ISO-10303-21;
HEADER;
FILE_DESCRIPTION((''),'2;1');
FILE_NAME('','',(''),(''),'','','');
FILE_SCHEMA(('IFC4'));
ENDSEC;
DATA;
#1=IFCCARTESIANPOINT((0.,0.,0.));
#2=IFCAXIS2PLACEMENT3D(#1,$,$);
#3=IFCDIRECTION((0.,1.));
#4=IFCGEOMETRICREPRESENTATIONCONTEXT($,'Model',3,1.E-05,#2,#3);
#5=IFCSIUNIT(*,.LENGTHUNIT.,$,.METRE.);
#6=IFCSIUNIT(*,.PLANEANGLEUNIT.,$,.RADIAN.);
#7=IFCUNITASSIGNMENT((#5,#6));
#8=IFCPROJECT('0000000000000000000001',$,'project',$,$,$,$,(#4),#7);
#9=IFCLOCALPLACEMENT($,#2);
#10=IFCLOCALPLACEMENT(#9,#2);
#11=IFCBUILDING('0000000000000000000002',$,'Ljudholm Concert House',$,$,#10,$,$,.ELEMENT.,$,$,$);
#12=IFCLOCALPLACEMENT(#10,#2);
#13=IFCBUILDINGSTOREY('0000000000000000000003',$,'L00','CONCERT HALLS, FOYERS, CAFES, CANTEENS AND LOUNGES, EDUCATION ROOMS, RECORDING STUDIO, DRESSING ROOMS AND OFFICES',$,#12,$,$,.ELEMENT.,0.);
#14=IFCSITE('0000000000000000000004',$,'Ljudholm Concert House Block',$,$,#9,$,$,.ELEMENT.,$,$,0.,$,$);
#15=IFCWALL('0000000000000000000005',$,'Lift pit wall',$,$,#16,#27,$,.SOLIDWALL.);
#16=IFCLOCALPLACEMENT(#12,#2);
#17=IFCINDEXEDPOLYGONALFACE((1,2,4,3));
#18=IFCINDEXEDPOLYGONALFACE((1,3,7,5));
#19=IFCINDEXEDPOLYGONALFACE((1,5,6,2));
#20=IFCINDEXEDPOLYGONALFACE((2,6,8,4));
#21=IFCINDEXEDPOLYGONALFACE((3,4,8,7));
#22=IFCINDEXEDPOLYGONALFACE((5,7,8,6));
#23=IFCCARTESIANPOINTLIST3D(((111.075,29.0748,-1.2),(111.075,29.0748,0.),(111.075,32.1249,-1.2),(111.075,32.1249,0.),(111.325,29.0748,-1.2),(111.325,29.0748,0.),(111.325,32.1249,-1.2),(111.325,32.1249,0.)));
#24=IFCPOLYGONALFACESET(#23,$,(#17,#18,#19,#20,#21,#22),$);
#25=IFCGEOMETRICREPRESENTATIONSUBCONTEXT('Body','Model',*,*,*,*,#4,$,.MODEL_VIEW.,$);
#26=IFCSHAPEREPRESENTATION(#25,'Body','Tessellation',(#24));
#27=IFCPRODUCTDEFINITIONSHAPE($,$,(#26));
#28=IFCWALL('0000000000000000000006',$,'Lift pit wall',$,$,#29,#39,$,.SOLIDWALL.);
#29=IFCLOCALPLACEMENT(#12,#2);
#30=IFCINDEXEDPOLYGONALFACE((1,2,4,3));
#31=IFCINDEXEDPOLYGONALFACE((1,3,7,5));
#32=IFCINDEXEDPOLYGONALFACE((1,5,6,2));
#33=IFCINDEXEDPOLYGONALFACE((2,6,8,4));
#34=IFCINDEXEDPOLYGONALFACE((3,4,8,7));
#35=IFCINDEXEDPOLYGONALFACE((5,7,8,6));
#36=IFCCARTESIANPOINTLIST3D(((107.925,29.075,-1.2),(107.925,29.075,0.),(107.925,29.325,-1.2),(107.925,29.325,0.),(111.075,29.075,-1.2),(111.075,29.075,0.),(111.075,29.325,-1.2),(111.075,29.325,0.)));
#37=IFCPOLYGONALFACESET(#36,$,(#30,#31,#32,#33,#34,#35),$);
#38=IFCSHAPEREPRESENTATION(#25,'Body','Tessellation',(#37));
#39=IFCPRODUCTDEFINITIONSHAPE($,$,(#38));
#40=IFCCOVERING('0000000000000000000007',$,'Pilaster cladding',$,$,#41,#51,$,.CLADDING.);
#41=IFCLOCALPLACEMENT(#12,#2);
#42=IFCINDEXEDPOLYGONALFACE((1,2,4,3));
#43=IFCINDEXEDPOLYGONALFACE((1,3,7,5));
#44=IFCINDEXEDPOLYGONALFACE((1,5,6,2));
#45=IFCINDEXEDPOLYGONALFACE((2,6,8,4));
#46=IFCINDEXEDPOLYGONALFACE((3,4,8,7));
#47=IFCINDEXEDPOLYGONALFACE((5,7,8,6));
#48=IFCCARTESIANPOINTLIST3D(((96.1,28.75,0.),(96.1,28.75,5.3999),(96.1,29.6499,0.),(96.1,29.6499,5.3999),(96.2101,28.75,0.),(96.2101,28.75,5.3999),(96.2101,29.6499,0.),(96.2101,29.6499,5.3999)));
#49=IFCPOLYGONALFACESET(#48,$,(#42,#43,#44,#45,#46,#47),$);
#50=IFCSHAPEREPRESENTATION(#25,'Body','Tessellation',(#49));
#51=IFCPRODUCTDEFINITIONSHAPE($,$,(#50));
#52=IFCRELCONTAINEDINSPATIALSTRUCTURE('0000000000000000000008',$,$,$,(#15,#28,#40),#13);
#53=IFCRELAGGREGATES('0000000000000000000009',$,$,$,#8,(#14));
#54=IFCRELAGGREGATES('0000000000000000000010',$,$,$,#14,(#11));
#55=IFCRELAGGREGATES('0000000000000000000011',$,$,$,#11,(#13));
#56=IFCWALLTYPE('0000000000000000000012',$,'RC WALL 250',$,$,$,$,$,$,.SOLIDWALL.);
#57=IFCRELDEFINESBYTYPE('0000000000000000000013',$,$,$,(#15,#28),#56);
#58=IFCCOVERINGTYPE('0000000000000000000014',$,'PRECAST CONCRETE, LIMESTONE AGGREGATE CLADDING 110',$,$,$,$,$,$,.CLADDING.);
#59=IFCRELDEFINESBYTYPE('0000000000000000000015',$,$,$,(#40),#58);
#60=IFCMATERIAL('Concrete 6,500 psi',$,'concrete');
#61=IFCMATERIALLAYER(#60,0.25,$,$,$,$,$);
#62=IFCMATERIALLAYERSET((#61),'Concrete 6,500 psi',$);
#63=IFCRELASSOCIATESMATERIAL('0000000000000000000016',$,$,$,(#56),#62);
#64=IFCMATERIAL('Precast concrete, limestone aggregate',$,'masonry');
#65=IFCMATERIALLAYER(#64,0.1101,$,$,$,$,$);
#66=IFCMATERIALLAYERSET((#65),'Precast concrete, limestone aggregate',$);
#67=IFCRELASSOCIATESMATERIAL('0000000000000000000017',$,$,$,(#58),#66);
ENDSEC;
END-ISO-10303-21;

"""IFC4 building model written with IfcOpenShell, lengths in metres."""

from ifc_helpers import new_model, si_unit, direction, frame, frame_2d, origin, origin_2d, place, context, subcontext, project, spatial, rectangle, extrude, material, layer, layer_set, type_object, element, save


model = new_model("IFC4")

# Units and contexts
model_context = context("Model", 3, precision=1e-05, world=origin(), true_north=direction((0.0, 1.0)))
body_context = subcontext(model_context, "Body", "Model", "MODEL_VIEW")
ifc_project = project(units=[si_unit("LENGTHUNIT", "METRE"), si_unit("PLANEANGLEUNIT", "RADIAN")], contexts=[model_context])

# Site, building, storey
site_placement = place(None, origin())
site = spatial("IfcSite", under=ifc_project, at=site_placement, Name="Ljudholm Concert House Block", CompositionType="ELEMENT", RefElevation=0.0)
building_placement = place(site_placement, origin())
building = spatial("IfcBuilding", under=site, at=building_placement, Name="Ljudholm Concert House", CompositionType="ELEMENT")
storey_placement = place(building_placement, origin())
storey = spatial("IfcBuildingStorey", under=building, at=storey_placement, Name="L00", Description="CONCERT HALLS, FOYERS, CAFES, CANTEENS AND LOUNGES, EDUCATION ROOMS, RECORDING STUDIO, DRESSING ROOMS AND OFFICES", CompositionType="ELEMENT", Elevation=0.0)

# Shared definitions
ifc_material_1 = material(Name="Concrete 6,500 psi", Category="concrete")
ifc_layer_1 = layer(ifc_material_1, 0.25)
ifc_layer_set_1 = layer_set([ifc_layer_1], Name="Concrete 6,500 psi")
wall_type_1 = type_object("IfcWallType", Name="RC WALL 250", PredefinedType="SOLIDWALL", material=ifc_layer_set_1)

# Walls
for number, where, z_axis, x_axis, name in (
    (1, (111.2, 29.075, -1.2), (0.0, 0.0, 1.0), (0.0, 1.0, 0.0), "Lift pit wall"),
):
    element("IfcWall", number, at=place(storey_placement, frame(where, z_axis=z_axis, x_axis=x_axis)), inside=storey, type_object=wall_type_1, Name=name, PredefinedType="SOLIDWALL", context=body_context, shape_type="SweptSolid", body=[
        extrude(rectangle(XDim=3.05, YDim=0.25, at=frame_2d((1.5249, 0.0))), origin(), (0.0, 0.0, 1.0), 1.2),
    ])
wall_1_placement = place(storey_placement, frame((107.925, 29.2, -1.2), z_axis=(0.0, 0.0, 1.0), x_axis=(1.0, 0.0, 0.0)))
element("IfcWall", 2, at=wall_1_placement, inside=storey, type_object=wall_type_1, Name="Lift pit wall", PredefinedType="SOLIDWALL", context=body_context, shape_type="SweptSolid", body=[
    extrude(rectangle(XDim=3.1499, YDim=0.25, at=frame_2d((1.575, 0.0))), origin(), (0.0, 0.0, 1.0), 1.2),
])

# Covering
ifc_material_2 = material(Name="Precast concrete, limestone aggregate", Category="masonry")
ifc_layer_2 = layer(ifc_material_2, 0.1101)
ifc_layer_set_2 = layer_set([ifc_layer_2], Name="Precast concrete, limestone aggregate")
covering_type = type_object("IfcCoveringType", Name="PRECAST CONCRETE, LIMESTONE AGGREGATE CLADDING 110", PredefinedType="CLADDING", material=ifc_layer_set_2)
covering_placement = place(storey_placement, frame((96.155, 29.2, 0.0), z_axis=(0.0, 0.0, 1.0), x_axis=(-1.0, 0.0, 0.0)))
element("IfcCovering", 3, at=covering_placement, inside=storey, type_object=covering_type, Name="Pilaster cladding", PredefinedType="CLADDING", context=body_context, shape_type="SweptSolid", body=[
    extrude(rectangle(XDim=0.1101, YDim=0.8999, at=origin_2d()), origin(), (0.0, 0.0, 1.0), 5.3999),
])

save(model, "model.ifc")
